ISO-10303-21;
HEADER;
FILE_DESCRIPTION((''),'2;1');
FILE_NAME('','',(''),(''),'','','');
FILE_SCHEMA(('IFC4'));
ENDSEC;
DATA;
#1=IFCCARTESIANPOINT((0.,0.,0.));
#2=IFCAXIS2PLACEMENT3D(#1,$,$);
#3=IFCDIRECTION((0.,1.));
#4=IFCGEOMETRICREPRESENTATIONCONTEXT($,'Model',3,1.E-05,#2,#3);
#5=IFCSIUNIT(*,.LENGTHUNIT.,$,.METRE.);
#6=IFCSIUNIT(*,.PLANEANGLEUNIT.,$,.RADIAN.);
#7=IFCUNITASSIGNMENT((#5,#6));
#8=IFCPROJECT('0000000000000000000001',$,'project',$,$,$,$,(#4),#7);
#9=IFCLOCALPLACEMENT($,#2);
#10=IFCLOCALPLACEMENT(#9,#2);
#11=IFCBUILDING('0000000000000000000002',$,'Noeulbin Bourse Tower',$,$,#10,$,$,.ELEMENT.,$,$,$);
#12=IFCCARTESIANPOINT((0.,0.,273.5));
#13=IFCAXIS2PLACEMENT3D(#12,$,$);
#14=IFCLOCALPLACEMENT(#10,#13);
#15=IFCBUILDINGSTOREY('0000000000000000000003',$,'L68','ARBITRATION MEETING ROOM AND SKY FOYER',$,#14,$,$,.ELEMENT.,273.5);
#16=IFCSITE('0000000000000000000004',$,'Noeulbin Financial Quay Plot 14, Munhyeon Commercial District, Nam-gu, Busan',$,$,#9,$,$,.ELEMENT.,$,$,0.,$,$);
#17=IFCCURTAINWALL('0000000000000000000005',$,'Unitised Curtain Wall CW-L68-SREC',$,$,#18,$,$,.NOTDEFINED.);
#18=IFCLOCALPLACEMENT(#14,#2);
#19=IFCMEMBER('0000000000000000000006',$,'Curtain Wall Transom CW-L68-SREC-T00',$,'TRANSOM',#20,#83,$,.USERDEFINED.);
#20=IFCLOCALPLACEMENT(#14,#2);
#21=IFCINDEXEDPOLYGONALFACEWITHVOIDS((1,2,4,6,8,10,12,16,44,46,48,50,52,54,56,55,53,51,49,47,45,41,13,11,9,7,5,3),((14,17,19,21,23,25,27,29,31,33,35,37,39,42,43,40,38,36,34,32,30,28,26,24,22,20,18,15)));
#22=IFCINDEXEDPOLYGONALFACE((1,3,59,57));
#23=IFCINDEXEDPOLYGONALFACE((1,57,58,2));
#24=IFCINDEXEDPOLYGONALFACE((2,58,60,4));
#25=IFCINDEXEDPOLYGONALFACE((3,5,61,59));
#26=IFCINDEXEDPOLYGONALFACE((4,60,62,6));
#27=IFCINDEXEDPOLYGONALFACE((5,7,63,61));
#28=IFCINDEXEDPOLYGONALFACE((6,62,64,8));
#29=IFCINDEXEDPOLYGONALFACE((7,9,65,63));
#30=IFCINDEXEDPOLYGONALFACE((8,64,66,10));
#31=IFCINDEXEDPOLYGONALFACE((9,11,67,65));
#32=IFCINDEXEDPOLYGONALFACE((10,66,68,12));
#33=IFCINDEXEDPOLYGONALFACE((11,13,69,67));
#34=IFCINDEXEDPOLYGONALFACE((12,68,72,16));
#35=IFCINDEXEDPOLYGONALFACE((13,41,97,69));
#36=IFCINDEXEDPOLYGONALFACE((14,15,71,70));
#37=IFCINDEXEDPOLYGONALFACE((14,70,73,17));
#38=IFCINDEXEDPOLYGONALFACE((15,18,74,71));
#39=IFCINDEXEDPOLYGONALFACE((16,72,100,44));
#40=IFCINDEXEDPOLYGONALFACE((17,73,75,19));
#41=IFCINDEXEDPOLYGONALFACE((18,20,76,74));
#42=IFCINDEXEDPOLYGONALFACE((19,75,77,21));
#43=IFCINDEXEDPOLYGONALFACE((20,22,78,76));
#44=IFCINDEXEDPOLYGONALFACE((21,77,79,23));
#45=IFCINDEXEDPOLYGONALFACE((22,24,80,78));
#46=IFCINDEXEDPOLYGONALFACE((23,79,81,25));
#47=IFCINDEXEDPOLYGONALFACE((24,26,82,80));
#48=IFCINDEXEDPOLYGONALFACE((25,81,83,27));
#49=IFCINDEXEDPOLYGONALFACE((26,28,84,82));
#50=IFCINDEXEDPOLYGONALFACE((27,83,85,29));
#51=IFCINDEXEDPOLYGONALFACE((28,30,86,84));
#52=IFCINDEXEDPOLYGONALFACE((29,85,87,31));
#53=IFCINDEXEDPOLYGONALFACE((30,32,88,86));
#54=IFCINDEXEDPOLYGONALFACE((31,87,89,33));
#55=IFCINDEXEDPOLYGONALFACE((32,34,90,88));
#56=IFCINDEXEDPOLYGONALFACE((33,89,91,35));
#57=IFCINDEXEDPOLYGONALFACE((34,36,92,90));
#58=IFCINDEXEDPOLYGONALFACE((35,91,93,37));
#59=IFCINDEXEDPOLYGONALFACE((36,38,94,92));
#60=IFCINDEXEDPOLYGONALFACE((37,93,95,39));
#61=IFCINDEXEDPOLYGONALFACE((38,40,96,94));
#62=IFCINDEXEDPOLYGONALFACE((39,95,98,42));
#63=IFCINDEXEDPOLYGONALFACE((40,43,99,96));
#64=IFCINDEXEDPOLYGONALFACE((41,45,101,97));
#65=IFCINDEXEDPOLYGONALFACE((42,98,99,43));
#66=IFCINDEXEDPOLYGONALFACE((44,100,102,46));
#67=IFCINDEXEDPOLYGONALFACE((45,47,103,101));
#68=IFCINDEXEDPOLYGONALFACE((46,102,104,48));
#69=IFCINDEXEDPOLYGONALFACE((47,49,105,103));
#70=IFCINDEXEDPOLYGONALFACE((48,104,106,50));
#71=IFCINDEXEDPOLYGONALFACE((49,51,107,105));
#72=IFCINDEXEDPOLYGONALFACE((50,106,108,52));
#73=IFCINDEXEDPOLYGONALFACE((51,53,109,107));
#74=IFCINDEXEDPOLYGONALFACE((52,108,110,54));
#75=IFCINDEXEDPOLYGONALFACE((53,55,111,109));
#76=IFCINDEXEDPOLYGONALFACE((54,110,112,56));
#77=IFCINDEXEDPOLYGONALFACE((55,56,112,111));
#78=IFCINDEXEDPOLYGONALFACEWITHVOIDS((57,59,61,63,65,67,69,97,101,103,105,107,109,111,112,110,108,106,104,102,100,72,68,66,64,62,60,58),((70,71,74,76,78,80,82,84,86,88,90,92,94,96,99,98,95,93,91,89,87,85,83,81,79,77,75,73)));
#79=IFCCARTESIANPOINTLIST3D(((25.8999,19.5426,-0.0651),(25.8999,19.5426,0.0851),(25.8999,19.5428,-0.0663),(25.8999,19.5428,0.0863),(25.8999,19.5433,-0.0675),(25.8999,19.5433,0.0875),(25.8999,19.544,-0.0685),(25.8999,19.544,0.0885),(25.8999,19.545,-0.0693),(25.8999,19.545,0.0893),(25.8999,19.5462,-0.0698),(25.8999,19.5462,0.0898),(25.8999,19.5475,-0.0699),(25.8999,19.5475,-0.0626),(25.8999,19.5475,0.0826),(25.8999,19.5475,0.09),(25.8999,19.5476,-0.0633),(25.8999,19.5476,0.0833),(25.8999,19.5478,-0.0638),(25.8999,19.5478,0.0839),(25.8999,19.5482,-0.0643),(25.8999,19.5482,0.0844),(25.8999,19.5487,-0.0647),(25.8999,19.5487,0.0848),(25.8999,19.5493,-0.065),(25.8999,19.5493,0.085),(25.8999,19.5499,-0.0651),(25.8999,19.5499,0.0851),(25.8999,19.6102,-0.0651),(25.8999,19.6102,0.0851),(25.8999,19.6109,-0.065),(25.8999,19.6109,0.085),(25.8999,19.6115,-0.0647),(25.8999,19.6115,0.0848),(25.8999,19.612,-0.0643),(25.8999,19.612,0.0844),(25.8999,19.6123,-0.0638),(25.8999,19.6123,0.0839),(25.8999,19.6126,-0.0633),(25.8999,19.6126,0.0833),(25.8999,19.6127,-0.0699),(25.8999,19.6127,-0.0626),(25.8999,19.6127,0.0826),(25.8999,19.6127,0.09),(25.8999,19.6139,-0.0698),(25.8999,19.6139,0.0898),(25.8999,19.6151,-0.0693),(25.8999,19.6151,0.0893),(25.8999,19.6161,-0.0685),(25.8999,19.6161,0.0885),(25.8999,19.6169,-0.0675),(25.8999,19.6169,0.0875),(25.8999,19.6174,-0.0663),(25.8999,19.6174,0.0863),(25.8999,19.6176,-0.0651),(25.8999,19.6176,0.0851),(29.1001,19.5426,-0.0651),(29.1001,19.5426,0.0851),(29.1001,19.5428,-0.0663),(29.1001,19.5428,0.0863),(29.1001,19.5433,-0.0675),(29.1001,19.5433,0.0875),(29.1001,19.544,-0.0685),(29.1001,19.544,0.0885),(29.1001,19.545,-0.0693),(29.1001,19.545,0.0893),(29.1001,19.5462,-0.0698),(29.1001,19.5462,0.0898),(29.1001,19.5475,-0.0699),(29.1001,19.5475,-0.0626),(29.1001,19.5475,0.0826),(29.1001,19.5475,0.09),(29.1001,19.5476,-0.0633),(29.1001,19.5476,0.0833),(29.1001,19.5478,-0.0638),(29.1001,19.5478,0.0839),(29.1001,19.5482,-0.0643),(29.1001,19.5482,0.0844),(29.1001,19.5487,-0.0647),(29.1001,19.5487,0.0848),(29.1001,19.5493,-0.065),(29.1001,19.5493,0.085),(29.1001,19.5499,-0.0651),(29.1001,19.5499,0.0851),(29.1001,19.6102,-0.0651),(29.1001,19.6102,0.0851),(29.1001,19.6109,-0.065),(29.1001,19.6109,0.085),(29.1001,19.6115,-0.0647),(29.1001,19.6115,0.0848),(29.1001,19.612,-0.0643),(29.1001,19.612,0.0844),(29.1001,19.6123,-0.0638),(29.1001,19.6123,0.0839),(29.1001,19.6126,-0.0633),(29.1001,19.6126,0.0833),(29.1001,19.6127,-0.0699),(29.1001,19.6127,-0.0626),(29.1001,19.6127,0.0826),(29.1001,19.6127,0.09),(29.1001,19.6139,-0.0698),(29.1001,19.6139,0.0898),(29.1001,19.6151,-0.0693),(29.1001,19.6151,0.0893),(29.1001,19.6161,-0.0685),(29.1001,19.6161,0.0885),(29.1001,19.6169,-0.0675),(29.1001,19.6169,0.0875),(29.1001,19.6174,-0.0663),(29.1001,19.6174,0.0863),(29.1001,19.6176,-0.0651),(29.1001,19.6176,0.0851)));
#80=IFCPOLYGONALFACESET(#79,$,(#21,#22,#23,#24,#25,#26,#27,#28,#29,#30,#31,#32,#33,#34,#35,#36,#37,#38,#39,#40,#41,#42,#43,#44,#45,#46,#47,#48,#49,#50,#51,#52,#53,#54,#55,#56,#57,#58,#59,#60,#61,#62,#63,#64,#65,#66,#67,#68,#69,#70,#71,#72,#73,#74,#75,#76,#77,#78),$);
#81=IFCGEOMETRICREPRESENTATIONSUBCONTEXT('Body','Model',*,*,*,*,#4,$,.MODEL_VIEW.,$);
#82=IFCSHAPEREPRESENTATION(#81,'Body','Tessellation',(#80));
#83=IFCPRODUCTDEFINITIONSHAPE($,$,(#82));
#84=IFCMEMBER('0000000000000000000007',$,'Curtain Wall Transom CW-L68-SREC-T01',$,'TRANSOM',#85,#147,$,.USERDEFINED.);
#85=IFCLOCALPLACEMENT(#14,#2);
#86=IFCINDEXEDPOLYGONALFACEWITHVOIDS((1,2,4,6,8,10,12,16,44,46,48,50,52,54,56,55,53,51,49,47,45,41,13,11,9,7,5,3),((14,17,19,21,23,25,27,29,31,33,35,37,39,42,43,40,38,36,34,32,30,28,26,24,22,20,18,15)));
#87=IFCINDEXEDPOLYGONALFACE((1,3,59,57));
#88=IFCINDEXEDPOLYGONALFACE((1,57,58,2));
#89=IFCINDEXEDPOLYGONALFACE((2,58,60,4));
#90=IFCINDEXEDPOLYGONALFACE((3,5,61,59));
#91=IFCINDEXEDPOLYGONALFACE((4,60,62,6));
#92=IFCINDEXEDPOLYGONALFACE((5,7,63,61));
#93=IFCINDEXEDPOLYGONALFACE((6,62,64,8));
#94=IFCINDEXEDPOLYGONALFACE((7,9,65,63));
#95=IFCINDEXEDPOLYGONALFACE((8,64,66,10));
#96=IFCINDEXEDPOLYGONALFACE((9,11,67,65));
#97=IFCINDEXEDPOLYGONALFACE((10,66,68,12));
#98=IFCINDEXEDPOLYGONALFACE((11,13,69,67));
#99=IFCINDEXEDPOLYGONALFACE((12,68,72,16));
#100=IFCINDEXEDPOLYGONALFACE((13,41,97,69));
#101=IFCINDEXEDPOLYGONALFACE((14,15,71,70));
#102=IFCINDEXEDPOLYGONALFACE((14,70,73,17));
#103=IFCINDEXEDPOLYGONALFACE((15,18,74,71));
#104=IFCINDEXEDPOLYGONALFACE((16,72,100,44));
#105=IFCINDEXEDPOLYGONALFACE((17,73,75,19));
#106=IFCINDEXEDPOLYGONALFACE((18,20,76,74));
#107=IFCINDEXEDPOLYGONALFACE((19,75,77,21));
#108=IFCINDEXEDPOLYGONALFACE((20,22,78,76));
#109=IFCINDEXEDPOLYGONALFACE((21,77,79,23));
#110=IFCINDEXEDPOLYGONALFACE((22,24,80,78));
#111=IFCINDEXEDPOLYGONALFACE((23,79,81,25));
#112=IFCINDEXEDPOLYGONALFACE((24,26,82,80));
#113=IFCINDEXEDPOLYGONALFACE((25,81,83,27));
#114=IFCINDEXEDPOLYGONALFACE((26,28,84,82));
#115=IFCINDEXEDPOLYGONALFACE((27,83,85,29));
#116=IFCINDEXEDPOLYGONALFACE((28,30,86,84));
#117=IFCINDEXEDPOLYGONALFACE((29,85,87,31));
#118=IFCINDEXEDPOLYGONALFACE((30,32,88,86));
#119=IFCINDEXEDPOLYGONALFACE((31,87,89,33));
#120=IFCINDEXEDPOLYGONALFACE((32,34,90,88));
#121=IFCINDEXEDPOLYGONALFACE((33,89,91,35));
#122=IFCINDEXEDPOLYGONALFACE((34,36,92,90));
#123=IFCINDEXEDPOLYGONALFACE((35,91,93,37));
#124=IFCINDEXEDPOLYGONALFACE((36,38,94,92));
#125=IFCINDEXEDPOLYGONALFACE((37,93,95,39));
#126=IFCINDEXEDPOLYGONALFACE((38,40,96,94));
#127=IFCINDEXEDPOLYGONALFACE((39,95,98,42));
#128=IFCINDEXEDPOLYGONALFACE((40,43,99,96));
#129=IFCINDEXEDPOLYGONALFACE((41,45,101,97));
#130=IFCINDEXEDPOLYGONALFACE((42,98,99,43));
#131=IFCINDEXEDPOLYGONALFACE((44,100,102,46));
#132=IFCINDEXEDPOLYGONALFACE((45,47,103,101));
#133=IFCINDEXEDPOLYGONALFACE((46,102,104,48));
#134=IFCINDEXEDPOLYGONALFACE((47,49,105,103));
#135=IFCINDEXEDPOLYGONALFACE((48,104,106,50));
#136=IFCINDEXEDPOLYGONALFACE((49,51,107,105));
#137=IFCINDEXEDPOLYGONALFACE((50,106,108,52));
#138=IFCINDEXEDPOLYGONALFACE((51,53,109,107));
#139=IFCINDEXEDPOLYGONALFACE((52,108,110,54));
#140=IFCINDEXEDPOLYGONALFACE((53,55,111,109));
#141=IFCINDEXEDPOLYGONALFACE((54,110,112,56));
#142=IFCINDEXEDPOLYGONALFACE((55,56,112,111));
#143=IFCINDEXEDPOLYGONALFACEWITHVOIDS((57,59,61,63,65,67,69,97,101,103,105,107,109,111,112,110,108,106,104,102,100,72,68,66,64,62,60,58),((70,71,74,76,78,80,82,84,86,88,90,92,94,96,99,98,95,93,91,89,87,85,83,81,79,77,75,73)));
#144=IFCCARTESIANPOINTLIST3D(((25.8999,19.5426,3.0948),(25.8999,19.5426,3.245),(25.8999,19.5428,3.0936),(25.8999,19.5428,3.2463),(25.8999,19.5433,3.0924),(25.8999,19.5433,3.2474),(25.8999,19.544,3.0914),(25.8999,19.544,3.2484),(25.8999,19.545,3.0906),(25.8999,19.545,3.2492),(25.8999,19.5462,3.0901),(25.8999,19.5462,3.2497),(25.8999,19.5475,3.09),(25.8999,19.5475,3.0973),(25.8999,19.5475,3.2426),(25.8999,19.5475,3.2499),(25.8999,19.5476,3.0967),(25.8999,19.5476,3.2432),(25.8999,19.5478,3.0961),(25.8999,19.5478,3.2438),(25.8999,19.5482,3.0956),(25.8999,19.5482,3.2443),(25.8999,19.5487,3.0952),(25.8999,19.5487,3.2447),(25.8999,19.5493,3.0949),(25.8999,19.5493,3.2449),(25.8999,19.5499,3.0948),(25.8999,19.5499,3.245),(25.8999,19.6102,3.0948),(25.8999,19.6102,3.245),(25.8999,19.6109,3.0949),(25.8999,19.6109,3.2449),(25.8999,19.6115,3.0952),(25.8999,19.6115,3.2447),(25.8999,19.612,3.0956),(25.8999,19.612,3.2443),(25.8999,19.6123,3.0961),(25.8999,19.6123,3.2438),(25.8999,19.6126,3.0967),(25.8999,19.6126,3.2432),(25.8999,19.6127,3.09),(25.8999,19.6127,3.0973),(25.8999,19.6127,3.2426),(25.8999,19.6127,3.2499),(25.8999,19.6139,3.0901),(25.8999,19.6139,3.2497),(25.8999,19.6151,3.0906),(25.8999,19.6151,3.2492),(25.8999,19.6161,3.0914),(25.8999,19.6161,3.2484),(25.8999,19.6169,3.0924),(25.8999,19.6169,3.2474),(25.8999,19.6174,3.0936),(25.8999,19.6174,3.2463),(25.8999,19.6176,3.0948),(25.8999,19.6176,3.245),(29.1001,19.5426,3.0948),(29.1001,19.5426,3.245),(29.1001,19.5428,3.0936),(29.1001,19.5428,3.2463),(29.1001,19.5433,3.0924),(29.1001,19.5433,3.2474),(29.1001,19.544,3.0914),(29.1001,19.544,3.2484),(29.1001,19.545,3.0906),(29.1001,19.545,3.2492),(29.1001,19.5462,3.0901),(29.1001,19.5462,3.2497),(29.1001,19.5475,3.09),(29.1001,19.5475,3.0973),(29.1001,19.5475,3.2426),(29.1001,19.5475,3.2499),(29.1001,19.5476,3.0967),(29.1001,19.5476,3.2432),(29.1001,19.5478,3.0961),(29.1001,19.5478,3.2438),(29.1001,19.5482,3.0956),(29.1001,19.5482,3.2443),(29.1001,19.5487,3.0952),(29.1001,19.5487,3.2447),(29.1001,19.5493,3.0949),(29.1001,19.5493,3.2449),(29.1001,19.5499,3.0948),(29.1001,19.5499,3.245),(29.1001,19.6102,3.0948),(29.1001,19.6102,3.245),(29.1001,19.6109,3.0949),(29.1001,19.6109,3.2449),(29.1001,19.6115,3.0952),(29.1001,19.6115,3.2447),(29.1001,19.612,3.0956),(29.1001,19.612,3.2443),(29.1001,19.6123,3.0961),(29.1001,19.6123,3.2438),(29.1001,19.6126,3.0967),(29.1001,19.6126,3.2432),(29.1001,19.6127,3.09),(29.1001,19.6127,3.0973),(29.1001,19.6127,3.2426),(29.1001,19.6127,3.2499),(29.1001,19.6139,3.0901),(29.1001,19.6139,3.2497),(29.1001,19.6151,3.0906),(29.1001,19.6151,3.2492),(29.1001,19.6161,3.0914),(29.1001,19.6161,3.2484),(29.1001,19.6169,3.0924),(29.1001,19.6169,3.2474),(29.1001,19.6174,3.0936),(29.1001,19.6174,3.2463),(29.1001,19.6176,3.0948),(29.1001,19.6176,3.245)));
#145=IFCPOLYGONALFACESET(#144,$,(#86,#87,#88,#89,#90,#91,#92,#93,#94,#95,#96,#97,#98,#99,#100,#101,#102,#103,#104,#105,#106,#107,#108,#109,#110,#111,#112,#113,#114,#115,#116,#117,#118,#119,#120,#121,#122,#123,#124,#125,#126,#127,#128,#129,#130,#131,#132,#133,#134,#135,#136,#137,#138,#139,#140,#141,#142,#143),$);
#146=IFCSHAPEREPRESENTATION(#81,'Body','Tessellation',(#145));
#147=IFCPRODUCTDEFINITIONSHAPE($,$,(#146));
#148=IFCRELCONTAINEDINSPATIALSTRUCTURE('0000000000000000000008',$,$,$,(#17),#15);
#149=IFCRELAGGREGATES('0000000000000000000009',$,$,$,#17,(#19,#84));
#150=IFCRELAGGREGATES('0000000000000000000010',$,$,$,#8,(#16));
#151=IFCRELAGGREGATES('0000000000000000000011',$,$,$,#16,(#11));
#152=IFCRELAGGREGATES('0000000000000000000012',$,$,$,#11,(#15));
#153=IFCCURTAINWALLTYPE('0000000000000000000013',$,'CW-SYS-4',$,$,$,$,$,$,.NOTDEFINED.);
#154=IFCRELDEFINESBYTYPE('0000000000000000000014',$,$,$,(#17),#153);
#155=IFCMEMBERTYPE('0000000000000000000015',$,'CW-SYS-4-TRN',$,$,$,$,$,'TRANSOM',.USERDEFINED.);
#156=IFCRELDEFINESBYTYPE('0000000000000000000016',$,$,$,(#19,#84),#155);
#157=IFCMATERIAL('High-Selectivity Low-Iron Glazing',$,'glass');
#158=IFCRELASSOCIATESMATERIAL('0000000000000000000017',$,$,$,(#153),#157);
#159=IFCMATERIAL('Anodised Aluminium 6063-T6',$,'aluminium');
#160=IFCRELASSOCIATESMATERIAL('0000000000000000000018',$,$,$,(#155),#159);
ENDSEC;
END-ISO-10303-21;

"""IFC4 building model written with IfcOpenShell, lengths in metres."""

from ifc_helpers import new_model, si_unit, direction, frame, origin, origin_2d, place, context, subcontext, project, spatial, hollow_rectangle, extrude, material, material_profile, profile_set, type_object, element, aggregate, save


model = new_model("IFC4")

# Units and contexts
model_context = context("Model", 3, precision=1e-05, world=origin(), true_north=direction((0.0, 1.0)))
body_context = subcontext(model_context, "Body", "Model", "MODEL_VIEW")
ifc_project = project(units=[si_unit("LENGTHUNIT", "METRE"), si_unit("PLANEANGLEUNIT", "RADIAN")], contexts=[model_context])

# Site, building, storey
site_placement = place(None, origin())
site = spatial("IfcSite", under=ifc_project, at=site_placement, Name="Noeulbin Financial Quay Plot 14, Munhyeon Commercial District, Nam-gu, Busan", CompositionType="ELEMENT", RefElevation=0.0)
building_placement = place(site_placement, origin())
building = spatial("IfcBuilding", under=site, at=building_placement, Name="Noeulbin Bourse Tower", CompositionType="ELEMENT")
storey_placement = place(building_placement, frame((0.0, 0.0, 273.5)))
storey = spatial("IfcBuildingStorey", under=building, at=storey_placement, Name="L68", Description="ARBITRATION MEETING ROOM AND SKY FOYER", CompositionType="ELEMENT", Elevation=273.5)

# Curtain wall
ifc_material_1 = material(Name="High-Selectivity Low-Iron Glazing", Category="glass")
curtain_wall_type = type_object("IfcCurtainWallType", Name="CW-SYS-4", PredefinedType="NOTDEFINED", material=ifc_material_1)
curtain_wall_1_placement = place(storey_placement, origin())
curtain_wall_1 = element("IfcCurtainWall", 1, at=curtain_wall_1_placement, inside=storey, type_object=curtain_wall_type, Name="Unitised Curtain Wall CW-L68-SREC", PredefinedType="NOTDEFINED")
ifc_material_2 = material(Name="Anodised Aluminium 6063-T6", Category="aluminium")

# Members
ifc_material_profile_1 = material_profile(ifc_material_2, hollow_rectangle(XDim=0.075, YDim=0.1599, WallThickness=0.0049, InnerFilletRadius=0.0024, OuterFilletRadius=0.0049, at=origin_2d()), Name="ALU-TRAN-75x160x5", Category="LoadBearing")
ifc_profile_set_1 = profile_set([ifc_material_profile_1], Name="Anodised Aluminium 6063-T6")
member_type_1 = type_object("IfcMemberType", Name="CW-SYS-4-TRN", ElementType="TRANSOM", PredefinedType="USERDEFINED", material=ifc_profile_set_1)
member_1_placement = place(storey_placement, frame((25.8999, 19.5801, 0.01), z_axis=(1.0, 0.0, 0.0), x_axis=(0.0, 1.0, 0.0)))
member_1 = element("IfcMember", 2, at=member_1_placement, type_object=member_type_1, Name="Curtain Wall Transom CW-L68-SREC-T00", ObjectType="TRANSOM", PredefinedType="USERDEFINED", context=body_context, shape_type="SweptSolid", body=[
    extrude(hollow_rectangle(XDim=0.075, YDim=0.1599, WallThickness=0.0049, InnerFilletRadius=0.0024, OuterFilletRadius=0.0049, at=origin_2d()), origin(), (0.0, 0.0, 1.0), 3.2002),
])
member_2_placement = place(storey_placement, frame((25.8999, 19.5801, 3.1699), z_axis=(1.0, 0.0, 0.0), x_axis=(0.0, 1.0, 0.0)))
member_2 = element("IfcMember", 3, at=member_2_placement, type_object=member_type_1, Name="Curtain Wall Transom CW-L68-SREC-T01", ObjectType="TRANSOM", PredefinedType="USERDEFINED", context=body_context, shape_type="SweptSolid", body=[
    extrude(hollow_rectangle(XDim=0.075, YDim=0.1599, WallThickness=0.0049, InnerFilletRadius=0.0024, OuterFilletRadius=0.0049, at=origin_2d()), origin(), (0.0, 0.0, 1.0), 3.2002),
])

aggregate(curtain_wall_1, [member_1, member_2])

save(model, "model.ifc")
